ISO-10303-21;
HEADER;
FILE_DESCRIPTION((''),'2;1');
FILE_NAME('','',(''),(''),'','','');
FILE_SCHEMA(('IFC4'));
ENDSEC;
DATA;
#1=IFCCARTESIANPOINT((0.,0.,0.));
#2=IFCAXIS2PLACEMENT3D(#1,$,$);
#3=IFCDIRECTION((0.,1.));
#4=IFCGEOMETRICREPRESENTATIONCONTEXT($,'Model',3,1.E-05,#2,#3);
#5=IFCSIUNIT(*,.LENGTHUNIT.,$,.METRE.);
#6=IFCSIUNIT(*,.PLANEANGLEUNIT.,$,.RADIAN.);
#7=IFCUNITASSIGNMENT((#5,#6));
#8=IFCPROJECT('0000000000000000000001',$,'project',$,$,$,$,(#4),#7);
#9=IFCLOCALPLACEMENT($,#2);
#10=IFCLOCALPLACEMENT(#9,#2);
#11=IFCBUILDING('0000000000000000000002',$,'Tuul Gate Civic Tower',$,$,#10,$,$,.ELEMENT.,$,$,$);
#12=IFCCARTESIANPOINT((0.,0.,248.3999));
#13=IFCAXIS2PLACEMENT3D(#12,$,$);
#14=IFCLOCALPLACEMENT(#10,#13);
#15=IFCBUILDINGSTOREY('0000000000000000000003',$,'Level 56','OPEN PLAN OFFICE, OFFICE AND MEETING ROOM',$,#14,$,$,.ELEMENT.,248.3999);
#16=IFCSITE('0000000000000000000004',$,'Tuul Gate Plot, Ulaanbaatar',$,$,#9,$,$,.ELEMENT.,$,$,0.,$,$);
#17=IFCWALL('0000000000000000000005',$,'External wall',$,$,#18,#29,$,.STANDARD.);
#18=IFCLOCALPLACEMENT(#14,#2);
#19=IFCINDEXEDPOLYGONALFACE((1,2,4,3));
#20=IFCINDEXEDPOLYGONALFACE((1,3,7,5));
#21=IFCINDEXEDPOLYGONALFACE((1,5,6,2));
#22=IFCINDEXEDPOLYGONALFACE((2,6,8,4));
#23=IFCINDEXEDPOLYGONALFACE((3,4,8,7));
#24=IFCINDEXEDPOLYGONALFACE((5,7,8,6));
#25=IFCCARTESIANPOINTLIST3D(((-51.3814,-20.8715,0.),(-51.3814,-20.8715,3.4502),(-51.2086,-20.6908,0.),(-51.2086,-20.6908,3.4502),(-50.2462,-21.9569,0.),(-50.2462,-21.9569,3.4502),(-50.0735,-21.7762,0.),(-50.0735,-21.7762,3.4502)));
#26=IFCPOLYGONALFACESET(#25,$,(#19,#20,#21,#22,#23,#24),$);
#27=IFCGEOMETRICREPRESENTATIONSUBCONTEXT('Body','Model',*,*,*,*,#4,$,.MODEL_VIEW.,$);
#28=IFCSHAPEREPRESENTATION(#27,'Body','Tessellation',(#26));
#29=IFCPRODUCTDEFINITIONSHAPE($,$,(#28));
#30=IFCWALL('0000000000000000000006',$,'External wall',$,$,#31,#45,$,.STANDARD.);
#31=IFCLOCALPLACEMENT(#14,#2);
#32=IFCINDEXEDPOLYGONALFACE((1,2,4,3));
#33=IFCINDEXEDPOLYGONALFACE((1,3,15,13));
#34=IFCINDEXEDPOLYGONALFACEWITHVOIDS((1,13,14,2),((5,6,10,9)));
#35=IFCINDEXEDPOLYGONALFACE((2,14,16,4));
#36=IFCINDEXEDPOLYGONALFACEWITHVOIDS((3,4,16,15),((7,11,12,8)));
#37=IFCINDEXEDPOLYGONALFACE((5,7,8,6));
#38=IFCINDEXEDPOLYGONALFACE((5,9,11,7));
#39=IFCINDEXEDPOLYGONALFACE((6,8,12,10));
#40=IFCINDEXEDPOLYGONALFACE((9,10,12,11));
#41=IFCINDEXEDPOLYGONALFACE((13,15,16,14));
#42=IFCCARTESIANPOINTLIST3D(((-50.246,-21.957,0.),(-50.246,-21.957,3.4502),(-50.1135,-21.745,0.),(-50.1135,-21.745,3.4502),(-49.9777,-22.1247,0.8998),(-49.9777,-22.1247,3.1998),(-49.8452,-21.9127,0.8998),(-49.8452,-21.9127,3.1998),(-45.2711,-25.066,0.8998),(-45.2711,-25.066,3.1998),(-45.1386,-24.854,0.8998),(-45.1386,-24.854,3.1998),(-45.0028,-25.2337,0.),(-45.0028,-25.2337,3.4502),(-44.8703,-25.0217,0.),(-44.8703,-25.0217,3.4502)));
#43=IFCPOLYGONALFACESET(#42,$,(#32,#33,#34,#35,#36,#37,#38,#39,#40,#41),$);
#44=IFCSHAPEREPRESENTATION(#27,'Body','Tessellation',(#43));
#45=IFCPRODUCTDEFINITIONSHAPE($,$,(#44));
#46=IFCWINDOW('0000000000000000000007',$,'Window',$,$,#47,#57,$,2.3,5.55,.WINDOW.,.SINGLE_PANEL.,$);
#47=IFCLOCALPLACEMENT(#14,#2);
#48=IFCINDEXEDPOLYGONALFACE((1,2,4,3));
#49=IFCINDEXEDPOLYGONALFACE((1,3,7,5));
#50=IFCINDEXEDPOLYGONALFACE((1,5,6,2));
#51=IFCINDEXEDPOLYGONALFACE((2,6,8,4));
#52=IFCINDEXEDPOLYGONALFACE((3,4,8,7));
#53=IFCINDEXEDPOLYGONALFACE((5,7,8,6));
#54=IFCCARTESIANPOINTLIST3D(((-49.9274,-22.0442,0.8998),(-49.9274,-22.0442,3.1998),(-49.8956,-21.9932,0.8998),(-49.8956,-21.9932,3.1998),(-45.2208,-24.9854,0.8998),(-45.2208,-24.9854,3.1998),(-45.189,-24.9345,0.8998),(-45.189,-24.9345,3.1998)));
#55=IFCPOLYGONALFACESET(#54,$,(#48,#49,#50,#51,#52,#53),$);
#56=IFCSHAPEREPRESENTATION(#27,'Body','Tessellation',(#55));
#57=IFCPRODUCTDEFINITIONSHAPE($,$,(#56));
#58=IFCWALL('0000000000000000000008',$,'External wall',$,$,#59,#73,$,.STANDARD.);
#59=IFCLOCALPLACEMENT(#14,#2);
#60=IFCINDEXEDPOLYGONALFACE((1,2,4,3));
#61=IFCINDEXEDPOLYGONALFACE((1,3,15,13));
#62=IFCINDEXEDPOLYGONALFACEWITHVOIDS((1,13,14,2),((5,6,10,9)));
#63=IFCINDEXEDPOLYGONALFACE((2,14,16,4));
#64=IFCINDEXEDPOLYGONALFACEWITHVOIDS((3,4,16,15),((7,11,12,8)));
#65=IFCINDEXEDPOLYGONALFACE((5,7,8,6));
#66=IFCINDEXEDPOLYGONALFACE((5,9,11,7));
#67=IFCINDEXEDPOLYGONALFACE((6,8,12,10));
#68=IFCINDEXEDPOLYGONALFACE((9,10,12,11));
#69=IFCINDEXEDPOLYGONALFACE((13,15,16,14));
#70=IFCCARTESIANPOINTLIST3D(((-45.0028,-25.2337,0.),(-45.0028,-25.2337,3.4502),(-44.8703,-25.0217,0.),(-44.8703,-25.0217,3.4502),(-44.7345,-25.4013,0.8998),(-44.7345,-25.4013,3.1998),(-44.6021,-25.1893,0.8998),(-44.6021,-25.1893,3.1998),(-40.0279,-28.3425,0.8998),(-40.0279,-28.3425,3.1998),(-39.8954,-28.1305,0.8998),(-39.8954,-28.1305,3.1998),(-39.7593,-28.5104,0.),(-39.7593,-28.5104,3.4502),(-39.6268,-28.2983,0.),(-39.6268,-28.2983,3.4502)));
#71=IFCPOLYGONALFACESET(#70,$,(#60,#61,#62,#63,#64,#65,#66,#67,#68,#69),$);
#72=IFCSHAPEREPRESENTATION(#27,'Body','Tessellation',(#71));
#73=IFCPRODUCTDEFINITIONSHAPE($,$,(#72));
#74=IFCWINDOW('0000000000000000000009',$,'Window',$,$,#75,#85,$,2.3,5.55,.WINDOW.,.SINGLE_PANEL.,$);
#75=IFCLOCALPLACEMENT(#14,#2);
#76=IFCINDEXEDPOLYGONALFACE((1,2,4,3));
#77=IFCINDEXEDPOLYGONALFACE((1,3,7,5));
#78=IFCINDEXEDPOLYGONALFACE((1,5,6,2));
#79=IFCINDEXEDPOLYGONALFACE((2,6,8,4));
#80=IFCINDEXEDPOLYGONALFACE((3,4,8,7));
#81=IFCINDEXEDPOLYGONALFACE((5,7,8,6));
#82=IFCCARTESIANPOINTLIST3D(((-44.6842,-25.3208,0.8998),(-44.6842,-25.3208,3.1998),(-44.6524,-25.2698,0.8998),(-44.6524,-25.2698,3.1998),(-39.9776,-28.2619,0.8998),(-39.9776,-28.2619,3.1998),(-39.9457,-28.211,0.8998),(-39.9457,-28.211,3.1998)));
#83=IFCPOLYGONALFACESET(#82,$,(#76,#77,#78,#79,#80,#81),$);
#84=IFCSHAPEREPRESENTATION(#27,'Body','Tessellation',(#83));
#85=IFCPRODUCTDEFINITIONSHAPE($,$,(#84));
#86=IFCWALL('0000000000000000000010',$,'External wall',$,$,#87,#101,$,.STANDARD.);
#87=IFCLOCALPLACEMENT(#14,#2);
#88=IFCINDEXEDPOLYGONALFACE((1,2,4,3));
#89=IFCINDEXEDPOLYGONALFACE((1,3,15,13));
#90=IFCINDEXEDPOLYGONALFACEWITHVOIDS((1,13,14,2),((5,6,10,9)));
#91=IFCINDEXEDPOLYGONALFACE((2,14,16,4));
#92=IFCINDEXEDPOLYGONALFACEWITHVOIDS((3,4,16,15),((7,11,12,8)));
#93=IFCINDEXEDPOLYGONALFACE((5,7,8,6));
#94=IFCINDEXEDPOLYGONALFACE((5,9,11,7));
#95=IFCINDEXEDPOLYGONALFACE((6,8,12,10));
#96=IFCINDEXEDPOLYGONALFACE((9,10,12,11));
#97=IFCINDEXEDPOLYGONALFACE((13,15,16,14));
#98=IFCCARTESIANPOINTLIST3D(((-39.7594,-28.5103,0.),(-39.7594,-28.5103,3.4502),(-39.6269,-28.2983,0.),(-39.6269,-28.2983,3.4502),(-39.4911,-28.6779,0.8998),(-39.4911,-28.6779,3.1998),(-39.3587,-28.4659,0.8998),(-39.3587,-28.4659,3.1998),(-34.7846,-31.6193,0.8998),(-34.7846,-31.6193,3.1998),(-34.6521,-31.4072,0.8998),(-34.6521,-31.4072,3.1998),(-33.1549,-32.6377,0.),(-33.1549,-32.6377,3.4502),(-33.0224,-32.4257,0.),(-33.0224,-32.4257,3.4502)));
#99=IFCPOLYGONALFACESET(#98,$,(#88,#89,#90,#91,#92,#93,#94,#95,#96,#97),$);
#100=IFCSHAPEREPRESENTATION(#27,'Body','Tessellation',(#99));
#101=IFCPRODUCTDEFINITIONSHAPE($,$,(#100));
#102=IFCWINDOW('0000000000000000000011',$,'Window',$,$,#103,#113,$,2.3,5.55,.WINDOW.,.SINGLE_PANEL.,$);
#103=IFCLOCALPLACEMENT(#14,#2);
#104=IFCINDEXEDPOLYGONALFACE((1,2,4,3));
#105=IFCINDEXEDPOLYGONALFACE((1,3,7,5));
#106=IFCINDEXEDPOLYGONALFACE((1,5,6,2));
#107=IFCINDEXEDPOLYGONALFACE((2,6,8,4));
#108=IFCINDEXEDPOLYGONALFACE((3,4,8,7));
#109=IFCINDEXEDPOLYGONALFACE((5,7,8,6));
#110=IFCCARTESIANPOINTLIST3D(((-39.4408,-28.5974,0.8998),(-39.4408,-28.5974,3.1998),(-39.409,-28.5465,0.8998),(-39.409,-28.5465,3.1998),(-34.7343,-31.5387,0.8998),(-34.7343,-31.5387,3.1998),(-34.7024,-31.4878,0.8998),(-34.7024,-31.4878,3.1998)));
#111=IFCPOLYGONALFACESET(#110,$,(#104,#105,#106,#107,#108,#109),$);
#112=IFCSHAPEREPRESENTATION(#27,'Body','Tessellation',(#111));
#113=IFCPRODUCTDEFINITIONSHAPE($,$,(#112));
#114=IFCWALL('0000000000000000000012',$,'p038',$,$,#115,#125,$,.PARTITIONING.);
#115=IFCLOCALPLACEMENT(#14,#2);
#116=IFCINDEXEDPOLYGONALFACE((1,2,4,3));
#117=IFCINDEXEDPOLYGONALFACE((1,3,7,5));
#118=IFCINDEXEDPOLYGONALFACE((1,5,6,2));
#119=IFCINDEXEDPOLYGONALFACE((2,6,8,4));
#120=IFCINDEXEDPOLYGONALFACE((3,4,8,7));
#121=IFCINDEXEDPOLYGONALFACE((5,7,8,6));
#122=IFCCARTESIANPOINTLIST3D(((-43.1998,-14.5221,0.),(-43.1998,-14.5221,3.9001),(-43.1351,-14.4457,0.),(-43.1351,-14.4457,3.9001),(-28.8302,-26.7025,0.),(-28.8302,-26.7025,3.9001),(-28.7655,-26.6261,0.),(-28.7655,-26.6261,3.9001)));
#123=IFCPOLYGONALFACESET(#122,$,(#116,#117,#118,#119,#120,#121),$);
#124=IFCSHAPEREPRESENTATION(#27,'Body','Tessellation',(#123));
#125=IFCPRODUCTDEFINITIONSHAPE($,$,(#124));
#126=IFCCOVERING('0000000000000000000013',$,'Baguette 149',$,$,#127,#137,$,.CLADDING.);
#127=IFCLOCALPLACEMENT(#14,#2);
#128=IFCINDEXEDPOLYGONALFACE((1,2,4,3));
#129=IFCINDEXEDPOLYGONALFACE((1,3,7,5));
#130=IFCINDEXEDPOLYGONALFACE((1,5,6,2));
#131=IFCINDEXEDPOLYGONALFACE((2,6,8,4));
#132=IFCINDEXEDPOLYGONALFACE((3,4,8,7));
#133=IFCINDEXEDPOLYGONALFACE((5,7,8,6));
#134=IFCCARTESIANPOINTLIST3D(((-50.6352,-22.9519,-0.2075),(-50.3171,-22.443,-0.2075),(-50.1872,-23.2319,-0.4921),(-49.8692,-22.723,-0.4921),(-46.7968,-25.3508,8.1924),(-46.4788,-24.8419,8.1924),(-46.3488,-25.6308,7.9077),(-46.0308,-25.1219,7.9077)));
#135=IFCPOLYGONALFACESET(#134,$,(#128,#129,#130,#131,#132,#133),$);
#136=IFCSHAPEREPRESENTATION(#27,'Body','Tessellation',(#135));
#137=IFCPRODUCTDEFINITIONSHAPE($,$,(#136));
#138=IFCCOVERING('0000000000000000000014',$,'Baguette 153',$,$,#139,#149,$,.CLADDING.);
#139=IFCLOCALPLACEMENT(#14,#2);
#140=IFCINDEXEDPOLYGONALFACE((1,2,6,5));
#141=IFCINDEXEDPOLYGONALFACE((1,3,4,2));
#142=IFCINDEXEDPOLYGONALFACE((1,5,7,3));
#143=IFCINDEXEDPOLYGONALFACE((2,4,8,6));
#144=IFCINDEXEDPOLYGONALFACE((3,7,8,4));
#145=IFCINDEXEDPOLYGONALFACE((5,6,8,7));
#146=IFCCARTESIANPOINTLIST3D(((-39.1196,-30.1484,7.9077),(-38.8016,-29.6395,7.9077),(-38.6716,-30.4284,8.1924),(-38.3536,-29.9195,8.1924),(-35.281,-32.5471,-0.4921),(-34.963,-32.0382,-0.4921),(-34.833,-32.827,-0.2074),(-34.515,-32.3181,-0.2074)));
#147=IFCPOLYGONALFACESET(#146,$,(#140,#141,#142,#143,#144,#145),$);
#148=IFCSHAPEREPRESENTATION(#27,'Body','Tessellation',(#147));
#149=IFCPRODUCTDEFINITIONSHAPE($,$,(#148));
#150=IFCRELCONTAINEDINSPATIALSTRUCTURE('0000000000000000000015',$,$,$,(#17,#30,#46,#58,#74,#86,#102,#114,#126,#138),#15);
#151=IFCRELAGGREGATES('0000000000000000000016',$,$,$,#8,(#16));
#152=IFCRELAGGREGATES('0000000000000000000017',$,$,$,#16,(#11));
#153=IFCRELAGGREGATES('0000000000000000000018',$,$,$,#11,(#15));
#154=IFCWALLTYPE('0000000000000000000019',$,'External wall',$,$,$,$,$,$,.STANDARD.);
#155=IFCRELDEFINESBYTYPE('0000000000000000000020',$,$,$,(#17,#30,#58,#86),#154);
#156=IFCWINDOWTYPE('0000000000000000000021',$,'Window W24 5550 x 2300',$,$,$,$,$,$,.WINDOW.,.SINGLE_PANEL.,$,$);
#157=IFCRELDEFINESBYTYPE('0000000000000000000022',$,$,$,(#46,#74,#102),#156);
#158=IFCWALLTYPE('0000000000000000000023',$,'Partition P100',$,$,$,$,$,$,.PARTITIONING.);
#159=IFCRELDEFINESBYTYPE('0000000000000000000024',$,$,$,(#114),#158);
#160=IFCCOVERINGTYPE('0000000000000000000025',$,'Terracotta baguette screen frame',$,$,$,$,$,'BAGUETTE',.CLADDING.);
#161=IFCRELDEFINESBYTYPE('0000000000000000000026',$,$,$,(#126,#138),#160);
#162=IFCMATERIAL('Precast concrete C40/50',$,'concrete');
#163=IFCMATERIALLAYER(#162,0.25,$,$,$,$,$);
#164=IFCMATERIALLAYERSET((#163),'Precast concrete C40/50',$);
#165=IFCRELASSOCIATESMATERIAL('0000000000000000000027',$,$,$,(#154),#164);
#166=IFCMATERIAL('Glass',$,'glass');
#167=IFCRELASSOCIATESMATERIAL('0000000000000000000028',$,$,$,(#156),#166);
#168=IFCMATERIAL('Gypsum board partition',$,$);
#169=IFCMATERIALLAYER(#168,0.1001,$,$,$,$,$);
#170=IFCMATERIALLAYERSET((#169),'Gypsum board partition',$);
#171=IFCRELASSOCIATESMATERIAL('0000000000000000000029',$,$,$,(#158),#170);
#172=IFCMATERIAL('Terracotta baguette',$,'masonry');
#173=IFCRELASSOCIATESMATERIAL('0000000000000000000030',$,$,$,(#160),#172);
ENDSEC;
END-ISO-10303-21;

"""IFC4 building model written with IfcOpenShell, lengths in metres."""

from ifc_helpers import new_model, si_unit, direction, frame, frame_2d, origin, origin_2d, place, context, subcontext, project, spatial, rectangle, extrude, material, layer, layer_set, material_profile, profile_set, type_object, element, fill, save


model = new_model("IFC4")

# Units and contexts
model_context = context("Model", 3, precision=1e-05, world=origin(), true_north=direction((0.0, 1.0)))
body_context = subcontext(model_context, "Body", "Model", "MODEL_VIEW")
ifc_project = project(units=[si_unit("LENGTHUNIT", "METRE"), si_unit("PLANEANGLEUNIT", "RADIAN")], contexts=[model_context])

# Site, building, storey
site_placement = place(None, origin())
site = spatial("IfcSite", under=ifc_project, at=site_placement, Name="Tuul Gate Plot, Ulaanbaatar", CompositionType="ELEMENT", RefElevation=0.0)
building_placement = place(site_placement, origin())
building = spatial("IfcBuilding", under=site, at=building_placement, Name="Tuul Gate Civic Tower", CompositionType="ELEMENT")
storey_placement = place(building_placement, frame((0.0, 0.0, 248.3999)))
storey = spatial("IfcBuildingStorey", under=building, at=storey_placement, Name="Level 56", Description="OPEN PLAN OFFICE, OFFICE AND MEETING ROOM", CompositionType="ELEMENT", Elevation=248.3999)

# Wall
ifc_material_1 = material(Name="Precast concrete C40/50", Category="concrete")
ifc_layer_1 = layer(ifc_material_1, 0.25)
ifc_layer_set_1 = layer_set([ifc_layer_1], Name="Precast concrete C40/50")
wall_type_1 = type_object("IfcWallType", Name="External wall", PredefinedType="STANDARD", material=ifc_layer_set_1)
wall_1_placement = place(storey_placement, frame((-51.2949, -20.7812, 0.0), z_axis=(0.0, 0.0, 1.0), x_axis=(0.722784, -0.691074, 0.0)))
element("IfcWall", 1, at=wall_1_placement, inside=storey, type_object=wall_type_1, Name="External wall", PredefinedType="STANDARD", context=body_context, shape_type="SweptSolid", body=[
    extrude(rectangle(XDim=1.5706, YDim=0.25, at=frame_2d((0.7852, 0.0))), origin(), (0.0, 0.0, 1.0), 3.4502),
])

# Walls, openings, windows
wall_2_placement = place(storey_placement, frame((-50.1797, -21.8511, 0.0), z_axis=(0.0, 0.0, 1.0), x_axis=(0.848025, -0.529956, 0.0)))
wall_2 = element("IfcWall", 2, at=wall_2_placement, inside=storey, type_object=wall_type_1, Name="External wall", PredefinedType="STANDARD", context=body_context, shape_type="SweptSolid", body=[
    extrude(rectangle(XDim=6.1829, YDim=0.25, at=frame_2d((3.0913, 0.0))), origin(), (0.0, 0.0, 1.0), 3.4502),
])
opening_1_placement = place(wall_2_placement, frame((0.3164, 0.0, 0.8999)))
opening_1 = element("IfcOpeningElement", 3, at=opening_1_placement, cuts=wall_2, PredefinedType="OPENING", context=body_context, shape_type="SweptSolid", body=[
    extrude(rectangle(XDim=5.55, YDim=2.3, at=frame_2d((2.7749, 1.1499))), frame((0.0, 0.135, 0.0), z_axis=(0.0, -1.0, 0.0), x_axis=(1.0, 0.0, 0.0)), (0.0, 0.0, 1.0), 0.27),
])
ifc_material_2 = material(Name="Glass", Category="glass")
window_type = type_object("IfcWindowType", Name="Window W24 5550 x 2300", PartitioningType="SINGLE_PANEL", PredefinedType="WINDOW", material=ifc_material_2)
window_1_placement = place(opening_1_placement, origin())
window_1 = element("IfcWindow", 4, at=window_1_placement, inside=storey, type_object=window_type, Name="Window", OverallHeight=2.3, OverallWidth=5.55, PartitioningType="SINGLE_PANEL", PredefinedType="WINDOW", context=body_context, shape_type="SweptSolid", body=[
    extrude(rectangle(XDim=5.55, YDim=2.3, at=frame_2d((2.7749, 1.1499))), frame((0.0, 0.03, 0.0), z_axis=(0.0, -1.0, 0.0), x_axis=(1.0, 0.0, 0.0)), (0.0, 0.0, 1.0), 0.0601),
])
fill(opening_1, window_1)
wall_3_placement = place(storey_placement, frame((-44.9365, -25.1277, 0.0), z_axis=(0.0, 0.0, 1.0), x_axis=(0.848036, -0.529939, 0.0)))
wall_3 = element("IfcWall", 5, at=wall_3_placement, inside=storey, type_object=wall_type_1, Name="External wall", PredefinedType="STANDARD", context=body_context, shape_type="SweptSolid", body=[
    extrude(rectangle(XDim=6.1831, YDim=0.25, at=frame_2d((3.0916, 0.0))), origin(), (0.0, 0.0, 1.0), 3.4502),
])
opening_2_placement = place(wall_3_placement, frame((0.3164, 0.0, 0.8999)))
opening_2 = element("IfcOpeningElement", 6, at=opening_2_placement, cuts=wall_3, PredefinedType="OPENING", context=body_context, shape_type="SweptSolid", body=[
    extrude(rectangle(XDim=5.55, YDim=2.3, at=frame_2d((2.7749, 1.1499))), frame((0.0, 0.135, 0.0), z_axis=(0.0, -1.0, 0.0), x_axis=(1.0, 0.0, 0.0)), (0.0, 0.0, 1.0), 0.27),
])
window_2_placement = place(opening_2_placement, origin())
window_2 = element("IfcWindow", 7, at=window_2_placement, inside=storey, type_object=window_type, Name="Window", OverallHeight=2.3, OverallWidth=5.55, PartitioningType="SINGLE_PANEL", PredefinedType="WINDOW", context=body_context, shape_type="SweptSolid", body=[
    extrude(rectangle(XDim=5.55, YDim=2.3, at=frame_2d((2.7749, 1.1499))), frame((0.0, 0.03, 0.0), z_axis=(0.0, -1.0, 0.0), x_axis=(1.0, 0.0, 0.0)), (0.0, 0.0, 1.0), 0.0601),
])
fill(opening_2, window_2)
wall_4_placement = place(storey_placement, frame((-39.6931, -28.4043, 0.0), z_axis=(0.0, 0.0, 1.0), x_axis=(0.848019, -0.529965, 0.0)))
wall_4 = element("IfcWall", 8, at=wall_4_placement, inside=storey, type_object=wall_type_1, Name="External wall", PredefinedType="STANDARD", context=body_context, shape_type="SweptSolid", body=[
    extrude(rectangle(XDim=7.7881, YDim=0.25, at=frame_2d((3.894, 0.0))), origin(), (0.0, 0.0, 1.0), 3.4502),
])
opening_3_placement = place(wall_4_placement, frame((0.3164, 0.0, 0.8999)))
opening_3 = element("IfcOpeningElement", 9, at=opening_3_placement, cuts=wall_4, PredefinedType="OPENING", context=body_context, shape_type="SweptSolid", body=[
    extrude(rectangle(XDim=5.55, YDim=2.3, at=frame_2d((2.7749, 1.1499))), frame((0.0, 0.135, 0.0), z_axis=(0.0, -1.0, 0.0), x_axis=(1.0, 0.0, 0.0)), (0.0, 0.0, 1.0), 0.27),
])
window_3_placement = place(opening_3_placement, origin())
window_3 = element("IfcWindow", 10, at=window_3_placement, inside=storey, type_object=window_type, Name="Window", OverallHeight=2.3, OverallWidth=5.55, PartitioningType="SINGLE_PANEL", PredefinedType="WINDOW", context=body_context, shape_type="SweptSolid", body=[
    extrude(rectangle(XDim=5.55, YDim=2.3, at=frame_2d((2.7749, 1.1499))), frame((0.0, 0.03, 0.0), z_axis=(0.0, -1.0, 0.0), x_axis=(1.0, 0.0, 0.0)), (0.0, 0.0, 1.0), 0.0601),
])
fill(opening_3, window_3)

# Wall
ifc_material_3 = material(Name="Gypsum board partition")
ifc_layer_2 = layer(ifc_material_3, 0.1001)
ifc_layer_set_2 = layer_set([ifc_layer_2], Name="Gypsum board partition")
wall_type_2 = type_object("IfcWallType", Name="Partition P100", PredefinedType="PARTITIONING", material=ifc_layer_set_2)
wall_5_placement = place(storey_placement, frame((-43.1675, -14.4839, 0.0), z_axis=(0.0, 0.0, 1.0), x_axis=(0.762823, -0.646607, 0.0)))
element("IfcWall", 11, at=wall_5_placement, inside=storey, type_object=wall_type_2, Name="p038", PredefinedType="PARTITIONING", context=body_context, shape_type="SweptSolid", body=[
    extrude(rectangle(XDim=18.8374, YDim=0.1001, at=frame_2d((9.4187, 0.0))), origin(), (0.0, 0.0, 1.0), 3.9001),
])

# Coverings
ifc_material_4 = material(Name="Terracotta baguette", Category="masonry")
ifc_material_profile_1 = material_profile(ifc_material_4, rectangle(XDim=0.6001, YDim=0.6001, at=origin_2d()), Name="Terracotta baguette screen frame")
ifc_profile_set_1 = profile_set([ifc_material_profile_1], Name="Terracotta baguette")
covering_type = type_object("IfcCoveringType", Name="Terracotta baguette screen frame", ElementType="BAGUETTE", PredefinedType="CLADDING", material=ifc_profile_set_1)
for number, where, z_axis, x_axis, name in (
    (12, (-46.4138, -25.2363, 8.05), (-0.402269, 0.251412, -0.880325), (-0.529989, -0.848004, 0.0), "Baguette 149"),
    (13, (-38.7366, -30.0339, 8.05), (0.402293, -0.251385, -0.880321), (0.529926, 0.848044, 0.0), "Baguette 153"),
):
    element("IfcCovering", number, at=place(storey_placement, frame(where, z_axis=z_axis, x_axis=x_axis)), inside=storey, type_object=covering_type, Name=name, PredefinedType="CLADDING", context=body_context, shape_type="SweptSolid", body=[
        extrude(rectangle(XDim=0.6001, YDim=0.6001, at=origin_2d()), origin(), (0.0, 0.0, 1.0), 9.5417),
    ])

save(model, "model.ifc")
